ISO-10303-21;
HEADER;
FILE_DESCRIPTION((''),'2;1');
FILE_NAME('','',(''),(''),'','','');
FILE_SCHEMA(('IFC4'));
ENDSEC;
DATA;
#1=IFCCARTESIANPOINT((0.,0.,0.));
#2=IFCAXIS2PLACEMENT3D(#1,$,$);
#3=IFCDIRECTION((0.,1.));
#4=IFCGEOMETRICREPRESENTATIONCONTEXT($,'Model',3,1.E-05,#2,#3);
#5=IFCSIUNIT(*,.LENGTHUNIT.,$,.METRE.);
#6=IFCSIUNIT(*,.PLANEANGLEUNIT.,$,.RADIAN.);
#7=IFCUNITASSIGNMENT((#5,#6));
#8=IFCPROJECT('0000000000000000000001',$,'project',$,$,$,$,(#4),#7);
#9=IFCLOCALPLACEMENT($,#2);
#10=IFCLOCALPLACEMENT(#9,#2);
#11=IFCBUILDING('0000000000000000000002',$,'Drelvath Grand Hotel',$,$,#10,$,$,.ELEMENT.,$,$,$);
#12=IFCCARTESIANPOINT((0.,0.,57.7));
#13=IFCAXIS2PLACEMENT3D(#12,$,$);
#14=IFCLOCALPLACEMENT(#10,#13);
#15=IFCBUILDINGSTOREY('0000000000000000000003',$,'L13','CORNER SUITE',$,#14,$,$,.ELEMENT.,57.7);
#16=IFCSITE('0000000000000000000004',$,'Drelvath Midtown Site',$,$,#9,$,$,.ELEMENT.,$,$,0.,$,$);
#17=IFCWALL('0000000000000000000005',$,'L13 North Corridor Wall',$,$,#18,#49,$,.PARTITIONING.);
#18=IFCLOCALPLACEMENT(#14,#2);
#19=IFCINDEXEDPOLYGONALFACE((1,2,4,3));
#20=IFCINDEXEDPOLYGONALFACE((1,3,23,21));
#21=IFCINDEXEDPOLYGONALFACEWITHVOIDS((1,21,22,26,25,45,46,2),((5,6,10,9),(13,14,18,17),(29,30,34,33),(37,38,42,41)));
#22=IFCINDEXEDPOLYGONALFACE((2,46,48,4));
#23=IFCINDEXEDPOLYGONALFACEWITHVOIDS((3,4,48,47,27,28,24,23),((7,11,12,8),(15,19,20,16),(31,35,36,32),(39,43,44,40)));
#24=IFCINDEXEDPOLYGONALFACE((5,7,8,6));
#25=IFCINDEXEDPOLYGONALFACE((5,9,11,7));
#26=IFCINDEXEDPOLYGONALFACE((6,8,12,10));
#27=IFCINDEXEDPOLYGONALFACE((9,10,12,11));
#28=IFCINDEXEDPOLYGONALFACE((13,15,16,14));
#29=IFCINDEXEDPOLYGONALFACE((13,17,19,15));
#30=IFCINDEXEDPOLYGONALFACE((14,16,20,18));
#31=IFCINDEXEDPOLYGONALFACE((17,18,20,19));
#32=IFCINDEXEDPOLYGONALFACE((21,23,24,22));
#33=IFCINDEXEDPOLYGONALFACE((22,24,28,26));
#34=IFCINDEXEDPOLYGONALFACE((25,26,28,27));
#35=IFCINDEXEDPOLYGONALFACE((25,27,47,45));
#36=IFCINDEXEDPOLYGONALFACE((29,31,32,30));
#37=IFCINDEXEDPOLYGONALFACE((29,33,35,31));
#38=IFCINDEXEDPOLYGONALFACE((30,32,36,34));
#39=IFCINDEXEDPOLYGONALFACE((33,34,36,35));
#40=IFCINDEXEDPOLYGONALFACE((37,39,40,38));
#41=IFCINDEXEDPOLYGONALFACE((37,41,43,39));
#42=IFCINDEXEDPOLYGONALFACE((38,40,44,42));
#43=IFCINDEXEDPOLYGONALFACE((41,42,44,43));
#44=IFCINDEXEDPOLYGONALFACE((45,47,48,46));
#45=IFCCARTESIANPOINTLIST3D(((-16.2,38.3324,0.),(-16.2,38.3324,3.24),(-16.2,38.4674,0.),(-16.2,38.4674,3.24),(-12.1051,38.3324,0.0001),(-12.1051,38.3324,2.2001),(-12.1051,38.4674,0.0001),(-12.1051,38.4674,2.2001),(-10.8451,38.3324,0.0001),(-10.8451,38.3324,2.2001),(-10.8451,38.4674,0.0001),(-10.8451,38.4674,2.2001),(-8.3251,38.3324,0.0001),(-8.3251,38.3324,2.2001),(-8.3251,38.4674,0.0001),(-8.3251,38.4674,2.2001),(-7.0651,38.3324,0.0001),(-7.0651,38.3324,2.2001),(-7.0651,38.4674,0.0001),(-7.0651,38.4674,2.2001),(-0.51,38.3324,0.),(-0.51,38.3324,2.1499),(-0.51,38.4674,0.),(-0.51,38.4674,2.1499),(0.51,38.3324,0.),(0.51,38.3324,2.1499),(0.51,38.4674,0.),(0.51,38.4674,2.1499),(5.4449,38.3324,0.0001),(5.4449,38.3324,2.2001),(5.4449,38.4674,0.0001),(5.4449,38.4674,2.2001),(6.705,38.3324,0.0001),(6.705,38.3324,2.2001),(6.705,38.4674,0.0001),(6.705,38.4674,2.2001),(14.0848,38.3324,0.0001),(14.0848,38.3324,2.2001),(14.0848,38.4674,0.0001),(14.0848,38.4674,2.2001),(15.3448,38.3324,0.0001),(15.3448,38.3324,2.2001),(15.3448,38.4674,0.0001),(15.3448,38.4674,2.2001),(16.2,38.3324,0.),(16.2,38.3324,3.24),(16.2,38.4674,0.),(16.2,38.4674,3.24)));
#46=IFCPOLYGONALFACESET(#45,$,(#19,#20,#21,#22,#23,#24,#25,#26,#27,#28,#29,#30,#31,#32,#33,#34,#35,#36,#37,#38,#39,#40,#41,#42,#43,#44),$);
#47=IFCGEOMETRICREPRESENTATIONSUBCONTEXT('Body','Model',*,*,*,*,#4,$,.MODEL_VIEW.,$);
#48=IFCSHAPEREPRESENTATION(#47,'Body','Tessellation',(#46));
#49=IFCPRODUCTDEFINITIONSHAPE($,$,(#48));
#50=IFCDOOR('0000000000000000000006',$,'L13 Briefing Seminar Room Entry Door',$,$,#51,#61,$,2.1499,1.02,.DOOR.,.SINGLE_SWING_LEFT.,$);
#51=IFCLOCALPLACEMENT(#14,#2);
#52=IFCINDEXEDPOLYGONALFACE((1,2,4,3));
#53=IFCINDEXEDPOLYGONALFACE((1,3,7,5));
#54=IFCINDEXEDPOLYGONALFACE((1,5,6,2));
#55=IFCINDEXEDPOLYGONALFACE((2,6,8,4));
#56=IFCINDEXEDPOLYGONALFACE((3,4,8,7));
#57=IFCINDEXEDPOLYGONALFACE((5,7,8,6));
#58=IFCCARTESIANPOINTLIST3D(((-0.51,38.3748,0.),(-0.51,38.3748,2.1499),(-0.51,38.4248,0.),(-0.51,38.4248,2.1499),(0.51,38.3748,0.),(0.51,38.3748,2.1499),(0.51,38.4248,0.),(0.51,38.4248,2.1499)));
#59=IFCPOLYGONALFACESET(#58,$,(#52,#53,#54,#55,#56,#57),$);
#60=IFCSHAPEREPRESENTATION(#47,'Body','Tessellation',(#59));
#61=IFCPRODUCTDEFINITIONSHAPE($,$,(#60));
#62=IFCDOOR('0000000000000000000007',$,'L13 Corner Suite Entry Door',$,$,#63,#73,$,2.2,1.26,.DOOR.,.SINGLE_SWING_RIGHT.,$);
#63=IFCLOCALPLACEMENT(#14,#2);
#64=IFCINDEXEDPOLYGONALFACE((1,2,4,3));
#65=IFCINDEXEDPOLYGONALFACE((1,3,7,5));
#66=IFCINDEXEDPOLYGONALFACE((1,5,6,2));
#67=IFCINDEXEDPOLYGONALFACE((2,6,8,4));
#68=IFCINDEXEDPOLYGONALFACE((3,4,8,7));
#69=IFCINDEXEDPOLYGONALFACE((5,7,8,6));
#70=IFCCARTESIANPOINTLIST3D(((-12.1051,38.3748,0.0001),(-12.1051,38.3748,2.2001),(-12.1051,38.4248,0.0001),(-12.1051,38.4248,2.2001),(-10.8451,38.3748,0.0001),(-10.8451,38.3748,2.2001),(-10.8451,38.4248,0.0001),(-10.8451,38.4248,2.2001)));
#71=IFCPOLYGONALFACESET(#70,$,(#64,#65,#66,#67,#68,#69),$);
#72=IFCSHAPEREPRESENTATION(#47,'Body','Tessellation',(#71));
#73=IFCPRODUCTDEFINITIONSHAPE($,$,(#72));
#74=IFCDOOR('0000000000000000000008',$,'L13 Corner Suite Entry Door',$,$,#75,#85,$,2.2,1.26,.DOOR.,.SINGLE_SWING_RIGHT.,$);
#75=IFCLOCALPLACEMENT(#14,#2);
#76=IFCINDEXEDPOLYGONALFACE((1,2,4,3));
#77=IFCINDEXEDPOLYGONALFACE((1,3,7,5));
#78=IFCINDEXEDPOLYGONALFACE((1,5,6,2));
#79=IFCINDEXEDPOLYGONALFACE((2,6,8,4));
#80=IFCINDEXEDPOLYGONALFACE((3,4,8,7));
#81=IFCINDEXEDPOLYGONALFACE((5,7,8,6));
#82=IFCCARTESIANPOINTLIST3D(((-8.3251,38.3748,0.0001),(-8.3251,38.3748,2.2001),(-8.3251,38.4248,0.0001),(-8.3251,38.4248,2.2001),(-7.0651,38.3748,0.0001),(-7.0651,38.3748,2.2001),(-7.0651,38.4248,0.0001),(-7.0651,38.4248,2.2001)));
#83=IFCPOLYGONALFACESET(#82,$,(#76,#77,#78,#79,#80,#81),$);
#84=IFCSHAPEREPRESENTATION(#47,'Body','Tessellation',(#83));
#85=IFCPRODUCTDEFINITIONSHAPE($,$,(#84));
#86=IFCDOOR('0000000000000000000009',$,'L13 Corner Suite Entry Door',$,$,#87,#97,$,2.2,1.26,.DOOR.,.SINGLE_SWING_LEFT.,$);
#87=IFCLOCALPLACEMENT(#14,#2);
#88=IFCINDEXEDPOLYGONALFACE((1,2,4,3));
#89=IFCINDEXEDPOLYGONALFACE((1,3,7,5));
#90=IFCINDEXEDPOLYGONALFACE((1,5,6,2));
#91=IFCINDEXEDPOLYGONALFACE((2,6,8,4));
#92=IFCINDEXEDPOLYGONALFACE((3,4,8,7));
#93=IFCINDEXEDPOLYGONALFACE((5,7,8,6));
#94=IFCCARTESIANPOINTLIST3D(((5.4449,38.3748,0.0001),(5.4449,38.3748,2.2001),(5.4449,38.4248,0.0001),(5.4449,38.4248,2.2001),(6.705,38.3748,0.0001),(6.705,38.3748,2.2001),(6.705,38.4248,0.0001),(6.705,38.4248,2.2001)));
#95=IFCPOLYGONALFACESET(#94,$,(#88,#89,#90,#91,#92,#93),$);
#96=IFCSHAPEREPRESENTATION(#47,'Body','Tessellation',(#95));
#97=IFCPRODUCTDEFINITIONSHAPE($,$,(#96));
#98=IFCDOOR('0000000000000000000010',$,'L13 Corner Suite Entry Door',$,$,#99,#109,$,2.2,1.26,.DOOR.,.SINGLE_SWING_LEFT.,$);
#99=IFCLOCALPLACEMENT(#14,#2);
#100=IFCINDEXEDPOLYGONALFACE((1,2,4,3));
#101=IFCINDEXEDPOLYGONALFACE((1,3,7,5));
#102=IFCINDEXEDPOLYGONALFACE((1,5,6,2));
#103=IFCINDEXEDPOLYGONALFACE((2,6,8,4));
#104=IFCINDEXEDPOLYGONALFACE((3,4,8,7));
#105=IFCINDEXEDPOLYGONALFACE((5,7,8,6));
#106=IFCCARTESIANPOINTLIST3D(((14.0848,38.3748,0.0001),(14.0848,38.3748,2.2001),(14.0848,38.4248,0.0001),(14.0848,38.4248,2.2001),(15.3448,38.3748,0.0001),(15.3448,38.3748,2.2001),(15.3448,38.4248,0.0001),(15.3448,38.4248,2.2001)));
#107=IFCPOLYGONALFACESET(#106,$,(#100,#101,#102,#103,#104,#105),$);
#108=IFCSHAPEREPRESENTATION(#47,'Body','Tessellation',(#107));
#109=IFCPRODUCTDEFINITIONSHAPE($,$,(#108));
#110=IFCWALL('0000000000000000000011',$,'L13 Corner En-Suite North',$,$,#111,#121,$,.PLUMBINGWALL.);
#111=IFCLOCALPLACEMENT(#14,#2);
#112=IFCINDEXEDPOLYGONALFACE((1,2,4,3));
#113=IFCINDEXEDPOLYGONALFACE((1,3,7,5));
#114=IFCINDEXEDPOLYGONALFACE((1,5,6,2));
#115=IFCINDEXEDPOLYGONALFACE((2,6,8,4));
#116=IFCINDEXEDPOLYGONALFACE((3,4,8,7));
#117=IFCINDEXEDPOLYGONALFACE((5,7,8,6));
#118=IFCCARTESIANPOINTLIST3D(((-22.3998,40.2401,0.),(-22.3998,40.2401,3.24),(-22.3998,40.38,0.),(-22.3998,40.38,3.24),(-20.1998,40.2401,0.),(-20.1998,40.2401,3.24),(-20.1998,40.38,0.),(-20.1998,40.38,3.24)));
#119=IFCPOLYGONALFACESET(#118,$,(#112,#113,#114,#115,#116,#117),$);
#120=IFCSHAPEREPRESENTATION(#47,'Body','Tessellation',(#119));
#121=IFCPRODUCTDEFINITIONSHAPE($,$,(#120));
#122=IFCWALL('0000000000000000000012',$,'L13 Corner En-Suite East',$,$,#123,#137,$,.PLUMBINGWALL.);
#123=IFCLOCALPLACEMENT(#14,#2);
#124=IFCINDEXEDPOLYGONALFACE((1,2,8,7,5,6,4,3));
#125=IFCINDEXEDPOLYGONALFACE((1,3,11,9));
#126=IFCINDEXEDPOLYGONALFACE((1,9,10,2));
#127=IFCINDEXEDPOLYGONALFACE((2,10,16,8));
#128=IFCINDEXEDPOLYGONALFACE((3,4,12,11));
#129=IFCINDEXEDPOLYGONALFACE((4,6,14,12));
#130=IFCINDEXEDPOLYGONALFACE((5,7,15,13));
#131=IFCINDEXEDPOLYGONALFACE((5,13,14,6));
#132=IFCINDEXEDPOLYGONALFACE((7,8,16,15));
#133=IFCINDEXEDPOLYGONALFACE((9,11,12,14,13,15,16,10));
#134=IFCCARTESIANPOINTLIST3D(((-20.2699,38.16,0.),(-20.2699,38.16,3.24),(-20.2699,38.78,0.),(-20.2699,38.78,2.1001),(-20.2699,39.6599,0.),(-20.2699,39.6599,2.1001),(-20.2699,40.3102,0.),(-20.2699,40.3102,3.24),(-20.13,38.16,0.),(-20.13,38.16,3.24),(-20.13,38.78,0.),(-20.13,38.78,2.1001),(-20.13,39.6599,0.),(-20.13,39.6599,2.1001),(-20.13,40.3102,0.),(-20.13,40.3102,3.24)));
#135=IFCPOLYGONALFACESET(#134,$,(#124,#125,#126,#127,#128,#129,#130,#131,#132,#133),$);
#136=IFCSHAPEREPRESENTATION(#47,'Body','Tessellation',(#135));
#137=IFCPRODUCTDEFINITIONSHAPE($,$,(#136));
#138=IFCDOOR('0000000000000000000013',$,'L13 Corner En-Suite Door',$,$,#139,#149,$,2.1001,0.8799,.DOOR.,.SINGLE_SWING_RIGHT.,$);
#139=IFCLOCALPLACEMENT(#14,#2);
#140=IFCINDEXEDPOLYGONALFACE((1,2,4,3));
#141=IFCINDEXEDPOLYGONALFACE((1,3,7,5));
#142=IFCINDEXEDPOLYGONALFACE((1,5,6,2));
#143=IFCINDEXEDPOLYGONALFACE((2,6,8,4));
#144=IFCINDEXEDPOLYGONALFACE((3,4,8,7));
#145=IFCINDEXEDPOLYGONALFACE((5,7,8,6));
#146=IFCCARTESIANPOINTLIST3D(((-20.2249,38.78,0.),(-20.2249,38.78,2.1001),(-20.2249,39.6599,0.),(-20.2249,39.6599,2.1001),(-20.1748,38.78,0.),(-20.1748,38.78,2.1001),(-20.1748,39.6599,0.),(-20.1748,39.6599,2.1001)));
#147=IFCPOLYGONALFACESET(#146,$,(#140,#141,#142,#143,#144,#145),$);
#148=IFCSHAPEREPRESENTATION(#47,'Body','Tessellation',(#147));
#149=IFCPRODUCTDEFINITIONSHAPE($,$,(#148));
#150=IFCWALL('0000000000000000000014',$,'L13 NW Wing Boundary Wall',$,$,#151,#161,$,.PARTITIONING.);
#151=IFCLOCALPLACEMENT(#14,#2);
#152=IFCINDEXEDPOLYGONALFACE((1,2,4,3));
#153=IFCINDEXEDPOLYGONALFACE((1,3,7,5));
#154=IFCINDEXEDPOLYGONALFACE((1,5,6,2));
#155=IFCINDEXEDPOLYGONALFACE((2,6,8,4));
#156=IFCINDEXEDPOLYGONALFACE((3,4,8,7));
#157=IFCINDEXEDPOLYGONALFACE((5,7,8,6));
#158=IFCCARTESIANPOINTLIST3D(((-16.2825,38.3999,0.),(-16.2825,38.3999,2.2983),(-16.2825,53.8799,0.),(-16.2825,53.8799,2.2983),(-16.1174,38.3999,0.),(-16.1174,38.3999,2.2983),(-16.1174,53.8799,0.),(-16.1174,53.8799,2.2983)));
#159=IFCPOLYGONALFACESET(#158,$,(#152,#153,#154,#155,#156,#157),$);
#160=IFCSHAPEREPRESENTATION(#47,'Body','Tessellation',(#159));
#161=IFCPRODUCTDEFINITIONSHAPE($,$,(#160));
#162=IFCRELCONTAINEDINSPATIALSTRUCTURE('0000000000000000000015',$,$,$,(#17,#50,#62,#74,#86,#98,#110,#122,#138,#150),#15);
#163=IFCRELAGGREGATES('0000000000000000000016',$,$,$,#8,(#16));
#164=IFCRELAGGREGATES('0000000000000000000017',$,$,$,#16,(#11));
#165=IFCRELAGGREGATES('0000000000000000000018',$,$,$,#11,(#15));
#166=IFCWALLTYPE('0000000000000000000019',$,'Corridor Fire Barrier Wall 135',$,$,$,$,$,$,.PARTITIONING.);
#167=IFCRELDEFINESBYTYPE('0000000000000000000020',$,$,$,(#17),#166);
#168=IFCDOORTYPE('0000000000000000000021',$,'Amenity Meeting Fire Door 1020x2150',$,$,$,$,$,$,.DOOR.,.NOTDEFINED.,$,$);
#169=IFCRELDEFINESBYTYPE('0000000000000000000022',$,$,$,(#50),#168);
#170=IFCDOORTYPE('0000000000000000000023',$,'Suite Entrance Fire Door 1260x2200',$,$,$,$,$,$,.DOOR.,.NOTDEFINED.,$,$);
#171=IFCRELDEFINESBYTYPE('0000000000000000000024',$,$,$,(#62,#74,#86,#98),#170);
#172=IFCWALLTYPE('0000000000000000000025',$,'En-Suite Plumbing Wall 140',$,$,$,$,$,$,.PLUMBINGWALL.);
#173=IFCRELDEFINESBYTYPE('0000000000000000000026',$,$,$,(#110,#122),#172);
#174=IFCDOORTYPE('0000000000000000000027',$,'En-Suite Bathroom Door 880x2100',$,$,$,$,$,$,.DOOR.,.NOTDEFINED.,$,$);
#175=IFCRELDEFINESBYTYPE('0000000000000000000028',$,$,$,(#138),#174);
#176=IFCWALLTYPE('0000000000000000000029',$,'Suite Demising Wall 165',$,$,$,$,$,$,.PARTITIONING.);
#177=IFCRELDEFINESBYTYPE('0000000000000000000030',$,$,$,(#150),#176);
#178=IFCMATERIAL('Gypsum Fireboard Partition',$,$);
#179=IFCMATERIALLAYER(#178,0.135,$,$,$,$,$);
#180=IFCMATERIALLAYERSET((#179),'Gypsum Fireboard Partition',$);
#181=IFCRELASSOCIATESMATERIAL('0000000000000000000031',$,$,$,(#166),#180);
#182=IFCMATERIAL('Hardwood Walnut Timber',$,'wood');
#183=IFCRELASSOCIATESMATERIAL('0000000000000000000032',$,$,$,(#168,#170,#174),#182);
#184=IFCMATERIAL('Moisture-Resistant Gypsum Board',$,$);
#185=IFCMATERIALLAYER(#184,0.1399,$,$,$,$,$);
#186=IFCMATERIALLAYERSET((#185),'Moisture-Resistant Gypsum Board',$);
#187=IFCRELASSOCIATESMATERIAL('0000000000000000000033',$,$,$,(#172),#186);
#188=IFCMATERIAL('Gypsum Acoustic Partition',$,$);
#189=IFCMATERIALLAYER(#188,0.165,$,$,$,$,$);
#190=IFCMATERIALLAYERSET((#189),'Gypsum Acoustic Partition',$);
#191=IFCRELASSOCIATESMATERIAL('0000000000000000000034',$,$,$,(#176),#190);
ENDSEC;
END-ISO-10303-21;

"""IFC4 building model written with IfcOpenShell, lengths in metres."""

from ifc_helpers import new_model, si_unit, direction, frame, frame_2d, origin, place, context, subcontext, project, spatial, rectangle, extrude, material, layer, layer_set, type_object, element, fill, save


model = new_model("IFC4")

# Units and contexts
model_context = context("Model", 3, precision=1e-05, world=origin(), true_north=direction((0.0, 1.0)))
body_context = subcontext(model_context, "Body", "Model", "MODEL_VIEW")
ifc_project = project(units=[si_unit("LENGTHUNIT", "METRE"), si_unit("PLANEANGLEUNIT", "RADIAN")], contexts=[model_context])

# Site, building, storey
site_placement = place(None, origin())
site = spatial("IfcSite", under=ifc_project, at=site_placement, Name="Drelvath Midtown Site", CompositionType="ELEMENT", RefElevation=0.0)
building_placement = place(site_placement, origin())
building = spatial("IfcBuilding", under=site, at=building_placement, Name="Drelvath Grand Hotel", CompositionType="ELEMENT")
storey_placement = place(building_placement, frame((0.0, 0.0, 57.7)))
storey = spatial("IfcBuildingStorey", under=building, at=storey_placement, Name="L13", Description="CORNER SUITE", CompositionType="ELEMENT", Elevation=57.7)

# Wall, openings, doors
ifc_material_1 = material(Name="Gypsum Fireboard Partition")
ifc_layer_1 = layer(ifc_material_1, 0.135)
ifc_layer_set_1 = layer_set([ifc_layer_1], Name="Gypsum Fireboard Partition")
wall_type_1 = type_object("IfcWallType", Name="Corridor Fire Barrier Wall 135", PredefinedType="PARTITIONING", material=ifc_layer_set_1)
wall_1_placement = place(storey_placement, frame((-16.2, 38.3999, 0.0), z_axis=(0.0, 0.0, 1.0), x_axis=(1.0, 0.0, 0.0)))
wall_1 = element("IfcWall", 1, at=wall_1_placement, inside=storey, type_object=wall_type_1, Name="L13 North Corridor Wall", PredefinedType="PARTITIONING", context=body_context, shape_type="SweptSolid", body=[
    extrude(rectangle(XDim=32.3999, YDim=0.135, at=frame_2d((16.2, 0.0))), origin(), (0.0, 0.0, 1.0), 3.24),
])
opening_1_placement = place(wall_1_placement, frame((4.095, 0.0, 0.0)))
opening_1 = element("IfcOpeningElement", 2, at=opening_1_placement, cuts=wall_1, PredefinedType="OPENING", context=body_context, shape_type="SweptSolid", body=[
    extrude(rectangle(XDim=1.26, YDim=2.2, at=frame_2d((0.6299, 1.1001))), frame((0.0, 0.0774, 0.0), z_axis=(0.0, -1.0, 0.0), x_axis=(1.0, 0.0, 0.0)), (0.0, 0.0, 1.0), 0.155),
])
opening_2_placement = place(wall_1_placement, frame((7.875, 0.0, 0.0)))
opening_2 = element("IfcOpeningElement", 3, at=opening_2_placement, cuts=wall_1, PredefinedType="OPENING", context=body_context, shape_type="SweptSolid", body=[
    extrude(rectangle(XDim=1.26, YDim=2.2, at=frame_2d((0.6299, 1.1001))), frame((0.0, 0.0774, 0.0), z_axis=(0.0, -1.0, 0.0), x_axis=(1.0, 0.0, 0.0)), (0.0, 0.0, 1.0), 0.155),
])
opening_3_placement = place(wall_1_placement, frame((15.6899, 0.0, 0.0)))
opening_3 = element("IfcOpeningElement", 4, at=opening_3_placement, cuts=wall_1, PredefinedType="OPENING", context=body_context, shape_type="SweptSolid", body=[
    extrude(rectangle(XDim=1.02, YDim=2.1499, at=frame_2d((0.51, 1.075))), frame((0.0, 0.0774, 0.0), z_axis=(0.0, -1.0, 0.0), x_axis=(1.0, 0.0, 0.0)), (0.0, 0.0, 1.0), 0.155),
])
opening_4_placement = place(wall_1_placement, frame((21.645, 0.0, 0.0)))
opening_4 = element("IfcOpeningElement", 5, at=opening_4_placement, cuts=wall_1, PredefinedType="OPENING", context=body_context, shape_type="SweptSolid", body=[
    extrude(rectangle(XDim=1.26, YDim=2.2, at=frame_2d((0.6299, 1.1001))), frame((0.0, 0.0774, 0.0), z_axis=(0.0, -1.0, 0.0), x_axis=(1.0, 0.0, 0.0)), (0.0, 0.0, 1.0), 0.155),
])
opening_5_placement = place(wall_1_placement, frame((30.2849, 0.0, 0.0)))
opening_5 = element("IfcOpeningElement", 6, at=opening_5_placement, cuts=wall_1, PredefinedType="OPENING", context=body_context, shape_type="SweptSolid", body=[
    extrude(rectangle(XDim=1.26, YDim=2.2, at=frame_2d((0.6299, 1.1001))), frame((0.0, 0.0774, 0.0), z_axis=(0.0, -1.0, 0.0), x_axis=(1.0, 0.0, 0.0)), (0.0, 0.0, 1.0), 0.155),
])
ifc_material_2 = material(Name="Hardwood Walnut Timber", Category="wood")
door_type_1 = type_object("IfcDoorType", Name="Amenity Meeting Fire Door 1020x2150", OperationType="NOTDEFINED", PredefinedType="DOOR", material=ifc_material_2)
door_1_placement = place(opening_3_placement, origin())
door_1 = element("IfcDoor", 7, at=door_1_placement, inside=storey, type_object=door_type_1, Name="L13 Briefing Seminar Room Entry Door", OperationType="SINGLE_SWING_LEFT", OverallHeight=2.1499, OverallWidth=1.02, PredefinedType="DOOR", context=body_context, shape_type="SweptSolid", body=[
    extrude(rectangle(XDim=1.02, YDim=2.1499, at=frame_2d((0.51, 1.075))), frame((0.0, 0.0249, 0.0), z_axis=(0.0, -1.0, 0.0), x_axis=(1.0, 0.0, 0.0)), (0.0, 0.0, 1.0), 0.05),
])
fill(opening_3, door_1)
door_type_2 = type_object("IfcDoorType", Name="Suite Entrance Fire Door 1260x2200", OperationType="NOTDEFINED", PredefinedType="DOOR", material=ifc_material_2)
door_2_placement = place(opening_1_placement, origin())
door_2 = element("IfcDoor", 8, at=door_2_placement, inside=storey, type_object=door_type_2, Name="L13 Corner Suite Entry Door", OperationType="SINGLE_SWING_RIGHT", OverallHeight=2.2, OverallWidth=1.26, PredefinedType="DOOR", context=body_context, shape_type="SweptSolid", body=[
    extrude(rectangle(XDim=1.26, YDim=2.2, at=frame_2d((0.6299, 1.1001))), frame((0.0, 0.0249, 0.0), z_axis=(0.0, -1.0, 0.0), x_axis=(1.0, 0.0, 0.0)), (0.0, 0.0, 1.0), 0.05),
])
fill(opening_1, door_2)
door_3_placement = place(opening_2_placement, origin())
door_3 = element("IfcDoor", 9, at=door_3_placement, inside=storey, type_object=door_type_2, Name="L13 Corner Suite Entry Door", OperationType="SINGLE_SWING_RIGHT", OverallHeight=2.2, OverallWidth=1.26, PredefinedType="DOOR", context=body_context, shape_type="SweptSolid", body=[
    extrude(rectangle(XDim=1.26, YDim=2.2, at=frame_2d((0.6299, 1.1001))), frame((0.0, 0.0249, 0.0), z_axis=(0.0, -1.0, 0.0), x_axis=(1.0, 0.0, 0.0)), (0.0, 0.0, 1.0), 0.05),
])
fill(opening_2, door_3)
door_4_placement = place(opening_4_placement, origin())
door_4 = element("IfcDoor", 10, at=door_4_placement, inside=storey, type_object=door_type_2, Name="L13 Corner Suite Entry Door", OperationType="SINGLE_SWING_LEFT", OverallHeight=2.2, OverallWidth=1.26, PredefinedType="DOOR", context=body_context, shape_type="SweptSolid", body=[
    extrude(rectangle(XDim=1.26, YDim=2.2, at=frame_2d((0.6299, 1.1001))), frame((0.0, 0.0249, 0.0), z_axis=(0.0, -1.0, 0.0), x_axis=(1.0, 0.0, 0.0)), (0.0, 0.0, 1.0), 0.05),
])
fill(opening_4, door_4)
door_5_placement = place(opening_5_placement, origin())
door_5 = element("IfcDoor", 11, at=door_5_placement, inside=storey, type_object=door_type_2, Name="L13 Corner Suite Entry Door", OperationType="SINGLE_SWING_LEFT", OverallHeight=2.2, OverallWidth=1.26, PredefinedType="DOOR", context=body_context, shape_type="SweptSolid", body=[
    extrude(rectangle(XDim=1.26, YDim=2.2, at=frame_2d((0.6299, 1.1001))), frame((0.0, 0.0249, 0.0), z_axis=(0.0, -1.0, 0.0), x_axis=(1.0, 0.0, 0.0)), (0.0, 0.0, 1.0), 0.05),
])
fill(opening_5, door_5)

# Wall
ifc_material_3 = material(Name="Moisture-Resistant Gypsum Board")
ifc_layer_2 = layer(ifc_material_3, 0.1399)
ifc_layer_set_2 = layer_set([ifc_layer_2], Name="Moisture-Resistant Gypsum Board")
wall_type_2 = type_object("IfcWallType", Name="En-Suite Plumbing Wall 140", PredefinedType="PLUMBINGWALL", material=ifc_layer_set_2)
wall_2_placement = place(storey_placement, frame((-22.3999, 40.3101, 0.0), z_axis=(0.0, 0.0, 1.0), x_axis=(1.0, 0.0, 0.0)))
element("IfcWall", 12, at=wall_2_placement, inside=storey, type_object=wall_type_2, Name="L13 Corner En-Suite North", PredefinedType="PLUMBINGWALL", context=body_context, shape_type="SweptSolid", body=[
    extrude(rectangle(XDim=2.2, YDim=0.1399, at=frame_2d((1.1001, 0.0))), origin(), (0.0, 0.0, 1.0), 3.24),
])

# Wall, opening, door
wall_3_placement = place(storey_placement, frame((-20.2, 38.1599, 0.0), z_axis=(0.0, 0.0, 1.0), x_axis=(0.0, 1.0, 0.0)))
wall_3 = element("IfcWall", 13, at=wall_3_placement, inside=storey, type_object=wall_type_2, Name="L13 Corner En-Suite East", PredefinedType="PLUMBINGWALL", context=body_context, shape_type="SweptSolid", body=[
    extrude(rectangle(XDim=2.1501, YDim=0.1399, at=frame_2d((1.0752, 0.0))), origin(), (0.0, 0.0, 1.0), 3.24),
])
opening_6_placement = place(wall_3_placement, frame((0.6201, 0.0, 0.0)))
opening_6 = element("IfcOpeningElement", 14, at=opening_6_placement, cuts=wall_3, PredefinedType="OPENING", context=body_context, shape_type="SweptSolid", body=[
    extrude(rectangle(XDim=0.8799, YDim=2.1001, at=frame_2d((0.4399, 1.05))), frame((0.0, 0.0798, 0.0), z_axis=(0.0, -1.0, 0.0), x_axis=(1.0, 0.0, 0.0)), (0.0, 0.0, 1.0), 0.1599),
])
door_type_3 = type_object("IfcDoorType", Name="En-Suite Bathroom Door 880x2100", OperationType="NOTDEFINED", PredefinedType="DOOR", material=ifc_material_2)
door_6_placement = place(opening_6_placement, origin())
door_6 = element("IfcDoor", 15, at=door_6_placement, inside=storey, type_object=door_type_3, Name="L13 Corner En-Suite Door", OperationType="SINGLE_SWING_RIGHT", OverallHeight=2.1001, OverallWidth=0.8799, PredefinedType="DOOR", context=body_context, shape_type="SweptSolid", body=[
    extrude(rectangle(XDim=0.8799, YDim=2.1001, at=frame_2d((0.4399, 1.05))), frame((0.0, 0.0249, 0.0), z_axis=(0.0, -1.0, 0.0), x_axis=(1.0, 0.0, 0.0)), (0.0, 0.0, 1.0), 0.05),
])
fill(opening_6, door_6)

# Wall
ifc_material_4 = material(Name="Gypsum Acoustic Partition")
ifc_layer_3 = layer(ifc_material_4, 0.165)
ifc_layer_set_3 = layer_set([ifc_layer_3], Name="Gypsum Acoustic Partition")
wall_type_3 = type_object("IfcWallType", Name="Suite Demising Wall 165", PredefinedType="PARTITIONING", material=ifc_layer_set_3)
wall_4_placement = place(storey_placement, frame((-16.2, 38.3999, 0.0), z_axis=(0.0, 0.0, 1.0), x_axis=(0.0, 1.0, 0.0)))
element("IfcWall", 16, at=wall_4_placement, inside=storey, type_object=wall_type_3, Name="L13 NW Wing Boundary Wall", PredefinedType="PARTITIONING", context=body_context, shape_type="SweptSolid", body=[
    extrude(rectangle(XDim=15.48, YDim=0.165, at=frame_2d((7.74, 0.0))), origin(), (0.0, 0.0, 1.0), 2.2983),
])

save(model, "model.ifc")
